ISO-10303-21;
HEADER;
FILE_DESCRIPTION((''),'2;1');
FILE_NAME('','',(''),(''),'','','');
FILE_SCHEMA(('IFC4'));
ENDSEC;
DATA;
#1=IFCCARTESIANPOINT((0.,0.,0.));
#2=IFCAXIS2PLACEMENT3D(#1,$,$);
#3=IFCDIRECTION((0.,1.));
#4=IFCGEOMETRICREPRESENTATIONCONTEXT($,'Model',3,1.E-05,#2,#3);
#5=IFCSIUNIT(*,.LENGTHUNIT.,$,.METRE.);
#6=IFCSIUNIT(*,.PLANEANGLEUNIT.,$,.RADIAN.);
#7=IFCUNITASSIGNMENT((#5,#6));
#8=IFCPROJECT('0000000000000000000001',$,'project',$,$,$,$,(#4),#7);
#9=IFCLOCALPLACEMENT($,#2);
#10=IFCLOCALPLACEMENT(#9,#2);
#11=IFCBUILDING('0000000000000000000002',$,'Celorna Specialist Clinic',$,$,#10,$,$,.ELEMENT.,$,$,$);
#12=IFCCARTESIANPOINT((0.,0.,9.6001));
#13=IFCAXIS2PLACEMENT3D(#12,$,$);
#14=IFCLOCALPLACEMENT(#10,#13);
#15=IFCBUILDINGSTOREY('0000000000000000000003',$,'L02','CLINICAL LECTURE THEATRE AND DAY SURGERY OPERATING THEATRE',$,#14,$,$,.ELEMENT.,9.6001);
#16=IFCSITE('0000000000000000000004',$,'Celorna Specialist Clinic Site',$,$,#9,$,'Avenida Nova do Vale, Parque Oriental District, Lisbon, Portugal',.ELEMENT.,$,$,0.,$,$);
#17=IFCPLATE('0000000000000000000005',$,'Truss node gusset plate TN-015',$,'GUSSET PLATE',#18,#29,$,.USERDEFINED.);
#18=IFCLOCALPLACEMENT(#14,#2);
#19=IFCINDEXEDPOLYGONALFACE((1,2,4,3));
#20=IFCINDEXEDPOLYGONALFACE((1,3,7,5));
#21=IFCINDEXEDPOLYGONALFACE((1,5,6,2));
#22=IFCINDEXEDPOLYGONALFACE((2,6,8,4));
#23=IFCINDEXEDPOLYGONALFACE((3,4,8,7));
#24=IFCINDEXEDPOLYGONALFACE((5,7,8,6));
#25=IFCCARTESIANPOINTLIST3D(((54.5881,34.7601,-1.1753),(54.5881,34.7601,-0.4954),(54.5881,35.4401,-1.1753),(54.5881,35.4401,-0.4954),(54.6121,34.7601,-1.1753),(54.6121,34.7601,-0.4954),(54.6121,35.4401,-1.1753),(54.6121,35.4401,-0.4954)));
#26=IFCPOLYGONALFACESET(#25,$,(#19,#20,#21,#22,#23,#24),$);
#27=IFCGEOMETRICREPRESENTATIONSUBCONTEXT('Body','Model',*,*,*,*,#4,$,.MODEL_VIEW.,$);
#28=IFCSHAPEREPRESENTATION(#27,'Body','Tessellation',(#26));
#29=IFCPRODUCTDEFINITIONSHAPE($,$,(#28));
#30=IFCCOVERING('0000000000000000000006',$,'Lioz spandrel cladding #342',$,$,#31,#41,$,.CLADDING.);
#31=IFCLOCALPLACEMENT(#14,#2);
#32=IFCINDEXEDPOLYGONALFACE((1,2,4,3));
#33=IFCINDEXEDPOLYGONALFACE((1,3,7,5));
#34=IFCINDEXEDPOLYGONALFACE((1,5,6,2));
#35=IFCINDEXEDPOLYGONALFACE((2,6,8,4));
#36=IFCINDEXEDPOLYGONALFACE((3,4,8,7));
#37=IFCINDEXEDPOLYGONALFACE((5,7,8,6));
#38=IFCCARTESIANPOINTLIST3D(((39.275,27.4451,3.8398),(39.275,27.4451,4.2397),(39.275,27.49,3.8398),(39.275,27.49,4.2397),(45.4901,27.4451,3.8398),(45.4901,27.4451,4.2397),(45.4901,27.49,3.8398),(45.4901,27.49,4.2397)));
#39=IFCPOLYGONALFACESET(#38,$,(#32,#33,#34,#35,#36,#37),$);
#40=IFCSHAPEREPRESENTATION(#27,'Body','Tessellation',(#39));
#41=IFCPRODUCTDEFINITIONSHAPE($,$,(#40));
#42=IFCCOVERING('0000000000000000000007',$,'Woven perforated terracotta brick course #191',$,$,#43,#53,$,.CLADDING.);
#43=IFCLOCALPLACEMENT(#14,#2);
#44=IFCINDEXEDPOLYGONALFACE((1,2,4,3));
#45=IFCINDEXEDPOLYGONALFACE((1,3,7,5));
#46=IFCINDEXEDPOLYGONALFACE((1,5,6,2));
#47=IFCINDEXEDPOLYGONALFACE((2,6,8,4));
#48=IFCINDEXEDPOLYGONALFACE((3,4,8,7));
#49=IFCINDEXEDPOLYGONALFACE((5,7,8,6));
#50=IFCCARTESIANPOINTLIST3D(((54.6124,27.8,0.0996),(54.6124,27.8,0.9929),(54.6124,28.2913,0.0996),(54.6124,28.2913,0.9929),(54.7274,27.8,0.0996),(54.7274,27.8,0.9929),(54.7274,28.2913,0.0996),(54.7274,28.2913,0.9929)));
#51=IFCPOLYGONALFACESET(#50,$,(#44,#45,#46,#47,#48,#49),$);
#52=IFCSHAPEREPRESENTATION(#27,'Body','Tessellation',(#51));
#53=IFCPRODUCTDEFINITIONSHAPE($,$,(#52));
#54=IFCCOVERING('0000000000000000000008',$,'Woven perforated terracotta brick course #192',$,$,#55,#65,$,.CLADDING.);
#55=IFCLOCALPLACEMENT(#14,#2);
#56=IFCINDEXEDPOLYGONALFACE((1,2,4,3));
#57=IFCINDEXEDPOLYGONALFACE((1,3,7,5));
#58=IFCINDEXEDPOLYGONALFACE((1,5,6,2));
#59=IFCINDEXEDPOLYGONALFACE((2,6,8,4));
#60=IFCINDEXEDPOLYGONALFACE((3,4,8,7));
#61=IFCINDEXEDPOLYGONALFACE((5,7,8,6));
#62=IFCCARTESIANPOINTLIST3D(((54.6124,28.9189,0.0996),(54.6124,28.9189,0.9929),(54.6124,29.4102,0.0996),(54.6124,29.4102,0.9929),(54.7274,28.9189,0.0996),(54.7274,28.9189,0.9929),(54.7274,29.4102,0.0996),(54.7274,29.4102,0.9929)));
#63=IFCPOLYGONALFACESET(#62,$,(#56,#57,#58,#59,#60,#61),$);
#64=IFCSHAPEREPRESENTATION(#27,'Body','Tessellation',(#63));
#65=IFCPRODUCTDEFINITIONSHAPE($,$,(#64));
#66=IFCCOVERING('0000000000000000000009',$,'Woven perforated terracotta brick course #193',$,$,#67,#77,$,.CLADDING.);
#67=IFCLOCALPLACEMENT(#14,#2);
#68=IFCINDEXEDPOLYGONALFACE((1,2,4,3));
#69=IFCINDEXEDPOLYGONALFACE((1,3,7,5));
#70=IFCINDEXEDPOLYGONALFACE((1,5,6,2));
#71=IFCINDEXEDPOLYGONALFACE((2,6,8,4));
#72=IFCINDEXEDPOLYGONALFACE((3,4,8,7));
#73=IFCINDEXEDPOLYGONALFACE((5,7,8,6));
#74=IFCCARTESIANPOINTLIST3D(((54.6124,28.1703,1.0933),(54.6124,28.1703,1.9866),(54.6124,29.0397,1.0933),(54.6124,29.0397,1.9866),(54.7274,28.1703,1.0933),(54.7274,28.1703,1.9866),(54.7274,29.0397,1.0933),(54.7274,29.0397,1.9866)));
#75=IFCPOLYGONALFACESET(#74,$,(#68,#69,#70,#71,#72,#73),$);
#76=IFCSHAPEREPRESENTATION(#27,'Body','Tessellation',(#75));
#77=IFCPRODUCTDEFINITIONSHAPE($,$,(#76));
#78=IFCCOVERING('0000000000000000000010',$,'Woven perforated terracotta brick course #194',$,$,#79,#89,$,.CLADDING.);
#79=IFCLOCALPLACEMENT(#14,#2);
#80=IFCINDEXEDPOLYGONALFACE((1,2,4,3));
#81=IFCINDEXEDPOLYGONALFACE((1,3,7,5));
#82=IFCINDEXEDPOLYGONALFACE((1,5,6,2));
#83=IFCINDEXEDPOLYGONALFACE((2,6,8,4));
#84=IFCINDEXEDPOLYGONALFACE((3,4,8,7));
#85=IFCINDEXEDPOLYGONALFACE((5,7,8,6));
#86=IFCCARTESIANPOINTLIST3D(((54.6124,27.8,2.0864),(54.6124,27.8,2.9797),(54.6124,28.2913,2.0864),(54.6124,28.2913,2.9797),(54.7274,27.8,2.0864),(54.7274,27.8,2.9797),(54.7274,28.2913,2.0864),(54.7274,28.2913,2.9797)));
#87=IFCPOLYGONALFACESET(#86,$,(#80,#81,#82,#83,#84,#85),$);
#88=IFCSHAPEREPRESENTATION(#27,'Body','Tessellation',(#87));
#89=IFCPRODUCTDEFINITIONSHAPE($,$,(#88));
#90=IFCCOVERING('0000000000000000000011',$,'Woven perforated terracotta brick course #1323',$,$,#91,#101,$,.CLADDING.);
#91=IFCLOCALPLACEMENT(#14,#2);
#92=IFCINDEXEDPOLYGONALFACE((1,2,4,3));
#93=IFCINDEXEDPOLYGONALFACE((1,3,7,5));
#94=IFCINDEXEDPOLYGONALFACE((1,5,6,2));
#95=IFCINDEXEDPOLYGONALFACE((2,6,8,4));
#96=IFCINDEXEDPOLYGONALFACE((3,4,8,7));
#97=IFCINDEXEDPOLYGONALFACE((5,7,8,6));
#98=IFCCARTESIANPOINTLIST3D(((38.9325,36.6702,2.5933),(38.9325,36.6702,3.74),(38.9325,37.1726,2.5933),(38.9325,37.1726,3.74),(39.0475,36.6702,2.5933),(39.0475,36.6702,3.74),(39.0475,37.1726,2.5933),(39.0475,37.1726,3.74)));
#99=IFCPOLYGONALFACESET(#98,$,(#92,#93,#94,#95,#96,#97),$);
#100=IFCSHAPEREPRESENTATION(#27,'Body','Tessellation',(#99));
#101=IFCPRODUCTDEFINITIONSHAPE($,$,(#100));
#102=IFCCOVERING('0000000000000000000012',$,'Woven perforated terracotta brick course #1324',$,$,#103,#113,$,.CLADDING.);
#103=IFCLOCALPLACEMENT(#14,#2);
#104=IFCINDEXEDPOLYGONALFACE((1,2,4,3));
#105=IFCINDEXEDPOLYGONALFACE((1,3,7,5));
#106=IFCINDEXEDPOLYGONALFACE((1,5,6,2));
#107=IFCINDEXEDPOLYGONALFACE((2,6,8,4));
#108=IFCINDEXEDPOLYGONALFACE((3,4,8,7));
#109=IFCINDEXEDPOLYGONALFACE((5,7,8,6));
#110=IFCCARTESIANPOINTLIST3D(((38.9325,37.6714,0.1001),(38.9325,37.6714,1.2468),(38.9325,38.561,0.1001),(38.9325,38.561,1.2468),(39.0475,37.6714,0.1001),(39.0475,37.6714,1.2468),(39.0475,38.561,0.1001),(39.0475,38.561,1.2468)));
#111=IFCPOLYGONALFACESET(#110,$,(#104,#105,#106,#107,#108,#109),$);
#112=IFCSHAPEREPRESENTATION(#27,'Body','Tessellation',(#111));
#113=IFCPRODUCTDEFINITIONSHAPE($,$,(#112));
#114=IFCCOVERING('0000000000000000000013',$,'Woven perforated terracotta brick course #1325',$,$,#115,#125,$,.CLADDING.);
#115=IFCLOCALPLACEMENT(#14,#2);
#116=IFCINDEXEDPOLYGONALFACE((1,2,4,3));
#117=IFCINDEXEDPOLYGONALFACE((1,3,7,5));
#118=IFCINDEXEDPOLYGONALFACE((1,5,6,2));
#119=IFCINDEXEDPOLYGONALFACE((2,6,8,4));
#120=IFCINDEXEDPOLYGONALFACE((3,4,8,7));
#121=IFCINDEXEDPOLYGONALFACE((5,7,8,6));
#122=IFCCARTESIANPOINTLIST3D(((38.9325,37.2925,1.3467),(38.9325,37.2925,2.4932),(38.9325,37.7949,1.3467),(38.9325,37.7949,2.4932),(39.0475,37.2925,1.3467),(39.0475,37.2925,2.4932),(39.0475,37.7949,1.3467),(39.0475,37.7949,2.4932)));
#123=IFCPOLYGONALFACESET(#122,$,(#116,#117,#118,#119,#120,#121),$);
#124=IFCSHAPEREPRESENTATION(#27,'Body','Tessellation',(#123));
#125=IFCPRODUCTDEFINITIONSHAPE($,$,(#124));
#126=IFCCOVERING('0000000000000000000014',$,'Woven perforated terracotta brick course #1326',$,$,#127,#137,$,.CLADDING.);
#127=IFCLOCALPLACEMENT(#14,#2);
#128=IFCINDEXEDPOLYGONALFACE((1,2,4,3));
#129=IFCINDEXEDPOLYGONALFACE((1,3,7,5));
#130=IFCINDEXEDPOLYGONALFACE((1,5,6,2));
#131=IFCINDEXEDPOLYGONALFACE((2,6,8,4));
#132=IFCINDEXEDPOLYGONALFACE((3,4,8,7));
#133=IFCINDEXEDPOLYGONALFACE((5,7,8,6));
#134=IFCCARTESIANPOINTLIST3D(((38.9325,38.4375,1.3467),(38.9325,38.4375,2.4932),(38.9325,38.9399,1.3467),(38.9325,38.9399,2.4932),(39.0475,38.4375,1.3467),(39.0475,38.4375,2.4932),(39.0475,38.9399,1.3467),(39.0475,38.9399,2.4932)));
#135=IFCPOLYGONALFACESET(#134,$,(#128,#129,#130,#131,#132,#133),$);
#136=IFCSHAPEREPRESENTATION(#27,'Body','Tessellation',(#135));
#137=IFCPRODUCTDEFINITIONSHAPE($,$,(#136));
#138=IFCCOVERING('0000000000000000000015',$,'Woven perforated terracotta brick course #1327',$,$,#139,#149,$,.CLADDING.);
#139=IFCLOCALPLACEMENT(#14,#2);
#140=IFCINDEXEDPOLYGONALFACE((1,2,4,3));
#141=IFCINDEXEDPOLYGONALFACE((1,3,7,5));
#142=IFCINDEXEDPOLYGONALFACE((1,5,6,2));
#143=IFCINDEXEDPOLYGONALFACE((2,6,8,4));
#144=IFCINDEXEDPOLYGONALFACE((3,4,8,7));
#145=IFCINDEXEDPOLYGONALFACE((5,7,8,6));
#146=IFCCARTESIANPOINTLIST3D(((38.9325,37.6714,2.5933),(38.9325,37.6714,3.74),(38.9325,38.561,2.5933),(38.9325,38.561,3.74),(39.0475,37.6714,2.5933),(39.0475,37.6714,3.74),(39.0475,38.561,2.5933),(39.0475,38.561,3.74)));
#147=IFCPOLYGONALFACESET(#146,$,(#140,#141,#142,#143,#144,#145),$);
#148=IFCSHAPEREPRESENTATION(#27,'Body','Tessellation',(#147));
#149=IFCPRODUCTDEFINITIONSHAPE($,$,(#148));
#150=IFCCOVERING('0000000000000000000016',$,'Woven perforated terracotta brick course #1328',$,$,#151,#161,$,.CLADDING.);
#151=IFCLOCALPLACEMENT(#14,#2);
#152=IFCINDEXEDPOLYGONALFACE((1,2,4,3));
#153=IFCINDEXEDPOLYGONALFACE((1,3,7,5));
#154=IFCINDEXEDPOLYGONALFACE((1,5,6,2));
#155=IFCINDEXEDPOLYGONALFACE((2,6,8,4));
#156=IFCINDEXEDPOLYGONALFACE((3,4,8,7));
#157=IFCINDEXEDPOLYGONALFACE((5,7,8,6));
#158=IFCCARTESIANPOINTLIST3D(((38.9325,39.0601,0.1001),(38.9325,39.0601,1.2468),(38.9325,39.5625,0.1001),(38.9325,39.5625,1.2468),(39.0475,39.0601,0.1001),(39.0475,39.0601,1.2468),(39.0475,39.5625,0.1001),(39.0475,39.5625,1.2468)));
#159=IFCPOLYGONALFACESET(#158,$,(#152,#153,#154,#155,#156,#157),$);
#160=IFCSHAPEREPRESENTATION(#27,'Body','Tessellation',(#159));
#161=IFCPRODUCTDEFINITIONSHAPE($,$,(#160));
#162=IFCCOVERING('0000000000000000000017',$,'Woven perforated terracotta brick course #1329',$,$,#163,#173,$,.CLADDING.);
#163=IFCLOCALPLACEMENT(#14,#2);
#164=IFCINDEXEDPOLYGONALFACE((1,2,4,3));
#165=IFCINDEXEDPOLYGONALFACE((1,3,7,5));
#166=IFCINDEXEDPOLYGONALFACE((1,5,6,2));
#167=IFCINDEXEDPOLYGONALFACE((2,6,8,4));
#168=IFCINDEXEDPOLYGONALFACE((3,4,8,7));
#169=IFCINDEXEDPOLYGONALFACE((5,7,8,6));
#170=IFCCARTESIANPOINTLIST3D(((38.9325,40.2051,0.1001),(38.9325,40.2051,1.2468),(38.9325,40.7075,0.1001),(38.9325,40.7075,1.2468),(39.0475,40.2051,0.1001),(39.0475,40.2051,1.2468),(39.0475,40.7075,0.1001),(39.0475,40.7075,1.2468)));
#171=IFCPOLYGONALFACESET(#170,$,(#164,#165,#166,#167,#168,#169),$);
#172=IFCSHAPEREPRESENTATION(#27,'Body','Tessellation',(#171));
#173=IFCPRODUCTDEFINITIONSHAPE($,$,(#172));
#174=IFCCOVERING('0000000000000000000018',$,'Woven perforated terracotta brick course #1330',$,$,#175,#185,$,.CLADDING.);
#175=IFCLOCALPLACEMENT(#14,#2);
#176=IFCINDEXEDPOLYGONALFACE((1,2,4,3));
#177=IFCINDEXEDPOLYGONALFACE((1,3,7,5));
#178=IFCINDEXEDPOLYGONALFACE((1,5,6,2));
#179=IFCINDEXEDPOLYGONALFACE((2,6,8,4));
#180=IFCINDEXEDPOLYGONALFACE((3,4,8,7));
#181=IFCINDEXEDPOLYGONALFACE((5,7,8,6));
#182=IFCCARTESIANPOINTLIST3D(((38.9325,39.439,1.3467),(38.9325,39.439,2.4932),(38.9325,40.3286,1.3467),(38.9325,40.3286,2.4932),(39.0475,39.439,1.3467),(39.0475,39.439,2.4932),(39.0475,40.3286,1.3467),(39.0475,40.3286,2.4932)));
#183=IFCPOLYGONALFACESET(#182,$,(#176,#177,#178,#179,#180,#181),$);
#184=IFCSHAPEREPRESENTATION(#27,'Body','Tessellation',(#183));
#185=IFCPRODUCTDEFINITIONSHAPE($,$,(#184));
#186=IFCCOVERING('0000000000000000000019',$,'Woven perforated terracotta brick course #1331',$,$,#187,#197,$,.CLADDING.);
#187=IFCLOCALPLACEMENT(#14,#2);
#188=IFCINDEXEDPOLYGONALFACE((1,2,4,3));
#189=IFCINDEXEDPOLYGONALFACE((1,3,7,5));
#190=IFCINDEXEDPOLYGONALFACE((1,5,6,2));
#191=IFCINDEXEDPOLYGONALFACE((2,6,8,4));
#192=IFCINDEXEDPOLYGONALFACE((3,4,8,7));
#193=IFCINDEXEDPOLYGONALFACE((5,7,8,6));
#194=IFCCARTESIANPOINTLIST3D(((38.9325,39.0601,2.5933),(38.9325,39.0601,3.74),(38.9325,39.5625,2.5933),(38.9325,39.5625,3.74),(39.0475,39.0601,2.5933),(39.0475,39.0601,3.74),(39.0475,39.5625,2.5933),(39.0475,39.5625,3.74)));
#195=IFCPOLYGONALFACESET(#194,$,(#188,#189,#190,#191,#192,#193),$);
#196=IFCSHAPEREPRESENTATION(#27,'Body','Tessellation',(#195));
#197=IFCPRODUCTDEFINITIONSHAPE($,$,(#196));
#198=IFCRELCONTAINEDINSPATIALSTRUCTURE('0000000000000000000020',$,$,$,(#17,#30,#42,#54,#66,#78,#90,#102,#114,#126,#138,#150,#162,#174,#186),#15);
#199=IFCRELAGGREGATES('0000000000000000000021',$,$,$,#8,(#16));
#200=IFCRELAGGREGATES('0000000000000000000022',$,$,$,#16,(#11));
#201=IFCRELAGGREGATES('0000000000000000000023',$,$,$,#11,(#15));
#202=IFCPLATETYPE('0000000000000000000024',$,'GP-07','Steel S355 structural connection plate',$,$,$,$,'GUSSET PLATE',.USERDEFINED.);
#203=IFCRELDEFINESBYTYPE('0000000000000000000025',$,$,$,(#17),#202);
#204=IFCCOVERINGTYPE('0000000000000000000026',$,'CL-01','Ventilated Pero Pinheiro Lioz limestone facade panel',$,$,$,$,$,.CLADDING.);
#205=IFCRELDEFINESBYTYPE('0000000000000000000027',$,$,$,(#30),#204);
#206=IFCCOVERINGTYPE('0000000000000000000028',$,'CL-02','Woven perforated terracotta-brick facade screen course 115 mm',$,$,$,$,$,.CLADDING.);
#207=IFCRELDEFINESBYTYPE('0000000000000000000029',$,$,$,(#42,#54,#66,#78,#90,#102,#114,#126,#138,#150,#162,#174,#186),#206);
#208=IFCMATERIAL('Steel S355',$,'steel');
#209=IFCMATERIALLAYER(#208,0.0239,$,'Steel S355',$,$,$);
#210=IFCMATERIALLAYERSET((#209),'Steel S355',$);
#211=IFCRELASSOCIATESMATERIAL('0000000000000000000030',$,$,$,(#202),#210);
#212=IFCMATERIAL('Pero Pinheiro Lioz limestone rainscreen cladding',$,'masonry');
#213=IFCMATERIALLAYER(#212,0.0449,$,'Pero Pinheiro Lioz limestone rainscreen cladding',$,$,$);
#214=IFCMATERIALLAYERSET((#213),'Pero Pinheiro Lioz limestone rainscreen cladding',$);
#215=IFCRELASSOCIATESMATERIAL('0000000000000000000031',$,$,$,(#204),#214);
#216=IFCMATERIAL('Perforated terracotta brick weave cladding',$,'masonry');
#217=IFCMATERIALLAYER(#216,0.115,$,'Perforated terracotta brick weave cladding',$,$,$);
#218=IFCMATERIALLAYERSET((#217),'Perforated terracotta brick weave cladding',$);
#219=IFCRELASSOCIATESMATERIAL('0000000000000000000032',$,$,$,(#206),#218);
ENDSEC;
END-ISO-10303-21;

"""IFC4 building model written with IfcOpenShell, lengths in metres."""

from ifc_helpers import new_model, si_unit, direction, frame, origin, origin_2d, place, context, subcontext, project, spatial, rectangle, extrude, material, layer, layer_set, type_object, element, save


model = new_model("IFC4")

# Units and contexts
model_context = context("Model", 3, precision=1e-05, world=origin(), true_north=direction((0.0, 1.0)))
body_context = subcontext(model_context, "Body", "Model", "MODEL_VIEW")
ifc_project = project(units=[si_unit("LENGTHUNIT", "METRE"), si_unit("PLANEANGLEUNIT", "RADIAN")], contexts=[model_context])

# Site, building, storey
site_placement = place(None, origin())
site = spatial("IfcSite", under=ifc_project, at=site_placement, Name="Celorna Specialist Clinic Site", LongName="Avenida Nova do Vale, Parque Oriental District, Lisbon, Portugal", CompositionType="ELEMENT", RefElevation=0.0)
building_placement = place(site_placement, origin())
building = spatial("IfcBuilding", under=site, at=building_placement, Name="Celorna Specialist Clinic", CompositionType="ELEMENT")
storey_placement = place(building_placement, frame((0.0, 0.0, 9.6001)))
storey = spatial("IfcBuildingStorey", under=building, at=storey_placement, Name="L02", Description="CLINICAL LECTURE THEATRE AND DAY SURGERY OPERATING THEATRE", CompositionType="ELEMENT", Elevation=9.6001)

# Shared definitions
ifc_material_1 = material(Name="Steel S355", Category="steel")

# Plate
ifc_layer_1 = layer(ifc_material_1, 0.0239, Name="Steel S355")
ifc_layer_set_1 = layer_set([ifc_layer_1], Name="Steel S355")
plate_type_1 = type_object("IfcPlateType", Name="GP-07", Description="Steel S355 structural connection plate", ElementType="GUSSET PLATE", PredefinedType="USERDEFINED", material=ifc_layer_set_1)
plate_placement = place(storey_placement, frame((54.6001, 35.1001, -1.1753), z_axis=(0.0, 0.0, 1.0), x_axis=(0.0, 1.0, 0.0)))
element("IfcPlate", 1, at=plate_placement, inside=storey, type_object=plate_type_1, Name="Truss node gusset plate TN-015", ObjectType="GUSSET PLATE", PredefinedType="USERDEFINED", context=body_context, shape_type="SweptSolid", body=[
    extrude(rectangle(XDim=0.6799, YDim=0.0239, at=origin_2d()), origin(), (0.0, 0.0, 1.0), 0.6799),
])

# Coverings
ifc_material_2 = material(Name="Pero Pinheiro Lioz limestone rainscreen cladding", Category="masonry")
ifc_layer_2 = layer(ifc_material_2, 0.0449, Name="Pero Pinheiro Lioz limestone rainscreen cladding")
ifc_layer_set_2 = layer_set([ifc_layer_2], Name="Pero Pinheiro Lioz limestone rainscreen cladding")
covering_type_1 = type_object("IfcCoveringType", Name="CL-01", Description="Ventilated Pero Pinheiro Lioz limestone facade panel", PredefinedType="CLADDING", material=ifc_layer_set_2)
covering_1_placement = place(storey_placement, frame((42.3826, 27.4675, 3.8398), z_axis=(0.0, 0.0, 1.0), x_axis=(1.0, 0.0, 0.0)))
element("IfcCovering", 2, at=covering_1_placement, inside=storey, type_object=covering_type_1, Name="Lioz spandrel cladding #342", PredefinedType="CLADDING", context=body_context, shape_type="SweptSolid", body=[
    extrude(rectangle(XDim=6.2151, YDim=0.0449, at=origin_2d()), origin(), (0.0, 0.0, 1.0), 0.3999),
])
ifc_material_3 = material(Name="Perforated terracotta brick weave cladding", Category="masonry")
ifc_layer_3 = layer(ifc_material_3, 0.115, Name="Perforated terracotta brick weave cladding")
ifc_layer_set_3 = layer_set([ifc_layer_3], Name="Perforated terracotta brick weave cladding")
covering_type_2 = type_object("IfcCoveringType", Name="CL-02", Description="Woven perforated terracotta-brick facade screen course 115 mm", PredefinedType="CLADDING", material=ifc_layer_set_3)
for number, where, z_axis, x_axis, name in (
    (3, (54.6699, 28.0457, 0.0996), (0.0, 0.0, 1.0), (0.0, 1.0, 0.0), "Woven perforated terracotta brick course #191"),
    (4, (54.6699, 29.1646, 0.0996), (0.0, 0.0, 1.0), (0.0, 1.0, 0.0), "Woven perforated terracotta brick course #192"),
):
    element("IfcCovering", number, at=place(storey_placement, frame(where, z_axis=z_axis, x_axis=x_axis)), inside=storey, type_object=covering_type_2, Name=name, PredefinedType="CLADDING", context=body_context, shape_type="SweptSolid", body=[
        extrude(rectangle(XDim=0.4912, YDim=0.115, at=origin_2d()), origin(), (0.0, 0.0, 1.0), 0.8933),
    ])
covering_2_placement = place(storey_placement, frame((54.6699, 28.605, 1.0933), z_axis=(0.0, 0.0, 1.0), x_axis=(0.0, 1.0, 0.0)))
element("IfcCovering", 5, at=covering_2_placement, inside=storey, type_object=covering_type_2, Name="Woven perforated terracotta brick course #193", PredefinedType="CLADDING", context=body_context, shape_type="SweptSolid", body=[
    extrude(rectangle(XDim=0.8694, YDim=0.115, at=origin_2d()), origin(), (0.0, 0.0, 1.0), 0.8933),
])
covering_3_placement = place(storey_placement, frame((54.6699, 28.0457, 2.0864), z_axis=(0.0, 0.0, 1.0), x_axis=(0.0, 1.0, 0.0)))
element("IfcCovering", 6, at=covering_3_placement, inside=storey, type_object=covering_type_2, Name="Woven perforated terracotta brick course #194", PredefinedType="CLADDING", context=body_context, shape_type="SweptSolid", body=[
    extrude(rectangle(XDim=0.4912, YDim=0.115, at=origin_2d()), origin(), (0.0, 0.0, 1.0), 0.8933),
])
covering_4_placement = place(storey_placement, frame((38.99, 36.9214, 2.5933), z_axis=(0.0, 0.0, 1.0), x_axis=(0.0, 1.0, 0.0)))
element("IfcCovering", 7, at=covering_4_placement, inside=storey, type_object=covering_type_2, Name="Woven perforated terracotta brick course #1323", PredefinedType="CLADDING", context=body_context, shape_type="SweptSolid", body=[
    extrude(rectangle(XDim=0.5024, YDim=0.115, at=origin_2d()), origin(), (0.0, 0.0, 1.0), 1.1467),
])
covering_5_placement = place(storey_placement, frame((38.99, 38.1162, 0.1001), z_axis=(0.0, 0.0, 1.0), x_axis=(0.0, 1.0, 0.0)))
element("IfcCovering", 8, at=covering_5_placement, inside=storey, type_object=covering_type_2, Name="Woven perforated terracotta brick course #1324", PredefinedType="CLADDING", context=body_context, shape_type="SweptSolid", body=[
    extrude(rectangle(XDim=0.8896, YDim=0.115, at=origin_2d()), origin(), (0.0, 0.0, 1.0), 1.1467),
])
for number, where, z_axis, x_axis, name in (
    (9, (38.99, 37.5437, 1.3467), (0.0, 0.0, 1.0), (0.0, 1.0, 0.0), "Woven perforated terracotta brick course #1325"),
    (10, (38.99, 38.6887, 1.3467), (0.0, 0.0, 1.0), (0.0, 1.0, 0.0), "Woven perforated terracotta brick course #1326"),
):
    element("IfcCovering", number, at=place(storey_placement, frame(where, z_axis=z_axis, x_axis=x_axis)), inside=storey, type_object=covering_type_2, Name=name, PredefinedType="CLADDING", context=body_context, shape_type="SweptSolid", body=[
        extrude(rectangle(XDim=0.5024, YDim=0.115, at=origin_2d()), origin(), (0.0, 0.0, 1.0), 1.1465),
    ])
covering_6_placement = place(storey_placement, frame((38.99, 38.1162, 2.5933), z_axis=(0.0, 0.0, 1.0), x_axis=(0.0, 1.0, 0.0)))
element("IfcCovering", 11, at=covering_6_placement, inside=storey, type_object=covering_type_2, Name="Woven perforated terracotta brick course #1327", PredefinedType="CLADDING", context=body_context, shape_type="SweptSolid", body=[
    extrude(rectangle(XDim=0.8896, YDim=0.115, at=origin_2d()), origin(), (0.0, 0.0, 1.0), 1.1467),
])
for number, where, z_axis, x_axis, name in (
    (12, (38.99, 39.3113, 0.1001), (0.0, 0.0, 1.0), (0.0, 1.0, 0.0), "Woven perforated terracotta brick course #1328"),
    (13, (38.99, 40.4563, 0.1001), (0.0, 0.0, 1.0), (0.0, 1.0, 0.0), "Woven perforated terracotta brick course #1329"),
):
    element("IfcCovering", number, at=place(storey_placement, frame(where, z_axis=z_axis, x_axis=x_axis)), inside=storey, type_object=covering_type_2, Name=name, PredefinedType="CLADDING", context=body_context, shape_type="SweptSolid", body=[
        extrude(rectangle(XDim=0.5024, YDim=0.115, at=origin_2d()), origin(), (0.0, 0.0, 1.0), 1.1467),
    ])
covering_7_placement = place(storey_placement, frame((38.99, 39.8838, 1.3467), z_axis=(0.0, 0.0, 1.0), x_axis=(0.0, 1.0, 0.0)))
element("IfcCovering", 14, at=covering_7_placement, inside=storey, type_object=covering_type_2, Name="Woven perforated terracotta brick course #1330", PredefinedType="CLADDING", context=body_context, shape_type="SweptSolid", body=[
    extrude(rectangle(XDim=0.8896, YDim=0.115, at=origin_2d()), origin(), (0.0, 0.0, 1.0), 1.1465),
])
for number, where, z_axis, x_axis, name in (
    (15, (38.99, 39.3113, 2.5933), (0.0, 0.0, 1.0), (0.0, 1.0, 0.0), "Woven perforated terracotta brick course #1331"),
):
    element("IfcCovering", number, at=place(storey_placement, frame(where, z_axis=z_axis, x_axis=x_axis)), inside=storey, type_object=covering_type_2, Name=name, PredefinedType="CLADDING", context=body_context, shape_type="SweptSolid", body=[
        extrude(rectangle(XDim=0.5024, YDim=0.115, at=origin_2d()), origin(), (0.0, 0.0, 1.0), 1.1467),
    ])

save(model, "model.ifc")
